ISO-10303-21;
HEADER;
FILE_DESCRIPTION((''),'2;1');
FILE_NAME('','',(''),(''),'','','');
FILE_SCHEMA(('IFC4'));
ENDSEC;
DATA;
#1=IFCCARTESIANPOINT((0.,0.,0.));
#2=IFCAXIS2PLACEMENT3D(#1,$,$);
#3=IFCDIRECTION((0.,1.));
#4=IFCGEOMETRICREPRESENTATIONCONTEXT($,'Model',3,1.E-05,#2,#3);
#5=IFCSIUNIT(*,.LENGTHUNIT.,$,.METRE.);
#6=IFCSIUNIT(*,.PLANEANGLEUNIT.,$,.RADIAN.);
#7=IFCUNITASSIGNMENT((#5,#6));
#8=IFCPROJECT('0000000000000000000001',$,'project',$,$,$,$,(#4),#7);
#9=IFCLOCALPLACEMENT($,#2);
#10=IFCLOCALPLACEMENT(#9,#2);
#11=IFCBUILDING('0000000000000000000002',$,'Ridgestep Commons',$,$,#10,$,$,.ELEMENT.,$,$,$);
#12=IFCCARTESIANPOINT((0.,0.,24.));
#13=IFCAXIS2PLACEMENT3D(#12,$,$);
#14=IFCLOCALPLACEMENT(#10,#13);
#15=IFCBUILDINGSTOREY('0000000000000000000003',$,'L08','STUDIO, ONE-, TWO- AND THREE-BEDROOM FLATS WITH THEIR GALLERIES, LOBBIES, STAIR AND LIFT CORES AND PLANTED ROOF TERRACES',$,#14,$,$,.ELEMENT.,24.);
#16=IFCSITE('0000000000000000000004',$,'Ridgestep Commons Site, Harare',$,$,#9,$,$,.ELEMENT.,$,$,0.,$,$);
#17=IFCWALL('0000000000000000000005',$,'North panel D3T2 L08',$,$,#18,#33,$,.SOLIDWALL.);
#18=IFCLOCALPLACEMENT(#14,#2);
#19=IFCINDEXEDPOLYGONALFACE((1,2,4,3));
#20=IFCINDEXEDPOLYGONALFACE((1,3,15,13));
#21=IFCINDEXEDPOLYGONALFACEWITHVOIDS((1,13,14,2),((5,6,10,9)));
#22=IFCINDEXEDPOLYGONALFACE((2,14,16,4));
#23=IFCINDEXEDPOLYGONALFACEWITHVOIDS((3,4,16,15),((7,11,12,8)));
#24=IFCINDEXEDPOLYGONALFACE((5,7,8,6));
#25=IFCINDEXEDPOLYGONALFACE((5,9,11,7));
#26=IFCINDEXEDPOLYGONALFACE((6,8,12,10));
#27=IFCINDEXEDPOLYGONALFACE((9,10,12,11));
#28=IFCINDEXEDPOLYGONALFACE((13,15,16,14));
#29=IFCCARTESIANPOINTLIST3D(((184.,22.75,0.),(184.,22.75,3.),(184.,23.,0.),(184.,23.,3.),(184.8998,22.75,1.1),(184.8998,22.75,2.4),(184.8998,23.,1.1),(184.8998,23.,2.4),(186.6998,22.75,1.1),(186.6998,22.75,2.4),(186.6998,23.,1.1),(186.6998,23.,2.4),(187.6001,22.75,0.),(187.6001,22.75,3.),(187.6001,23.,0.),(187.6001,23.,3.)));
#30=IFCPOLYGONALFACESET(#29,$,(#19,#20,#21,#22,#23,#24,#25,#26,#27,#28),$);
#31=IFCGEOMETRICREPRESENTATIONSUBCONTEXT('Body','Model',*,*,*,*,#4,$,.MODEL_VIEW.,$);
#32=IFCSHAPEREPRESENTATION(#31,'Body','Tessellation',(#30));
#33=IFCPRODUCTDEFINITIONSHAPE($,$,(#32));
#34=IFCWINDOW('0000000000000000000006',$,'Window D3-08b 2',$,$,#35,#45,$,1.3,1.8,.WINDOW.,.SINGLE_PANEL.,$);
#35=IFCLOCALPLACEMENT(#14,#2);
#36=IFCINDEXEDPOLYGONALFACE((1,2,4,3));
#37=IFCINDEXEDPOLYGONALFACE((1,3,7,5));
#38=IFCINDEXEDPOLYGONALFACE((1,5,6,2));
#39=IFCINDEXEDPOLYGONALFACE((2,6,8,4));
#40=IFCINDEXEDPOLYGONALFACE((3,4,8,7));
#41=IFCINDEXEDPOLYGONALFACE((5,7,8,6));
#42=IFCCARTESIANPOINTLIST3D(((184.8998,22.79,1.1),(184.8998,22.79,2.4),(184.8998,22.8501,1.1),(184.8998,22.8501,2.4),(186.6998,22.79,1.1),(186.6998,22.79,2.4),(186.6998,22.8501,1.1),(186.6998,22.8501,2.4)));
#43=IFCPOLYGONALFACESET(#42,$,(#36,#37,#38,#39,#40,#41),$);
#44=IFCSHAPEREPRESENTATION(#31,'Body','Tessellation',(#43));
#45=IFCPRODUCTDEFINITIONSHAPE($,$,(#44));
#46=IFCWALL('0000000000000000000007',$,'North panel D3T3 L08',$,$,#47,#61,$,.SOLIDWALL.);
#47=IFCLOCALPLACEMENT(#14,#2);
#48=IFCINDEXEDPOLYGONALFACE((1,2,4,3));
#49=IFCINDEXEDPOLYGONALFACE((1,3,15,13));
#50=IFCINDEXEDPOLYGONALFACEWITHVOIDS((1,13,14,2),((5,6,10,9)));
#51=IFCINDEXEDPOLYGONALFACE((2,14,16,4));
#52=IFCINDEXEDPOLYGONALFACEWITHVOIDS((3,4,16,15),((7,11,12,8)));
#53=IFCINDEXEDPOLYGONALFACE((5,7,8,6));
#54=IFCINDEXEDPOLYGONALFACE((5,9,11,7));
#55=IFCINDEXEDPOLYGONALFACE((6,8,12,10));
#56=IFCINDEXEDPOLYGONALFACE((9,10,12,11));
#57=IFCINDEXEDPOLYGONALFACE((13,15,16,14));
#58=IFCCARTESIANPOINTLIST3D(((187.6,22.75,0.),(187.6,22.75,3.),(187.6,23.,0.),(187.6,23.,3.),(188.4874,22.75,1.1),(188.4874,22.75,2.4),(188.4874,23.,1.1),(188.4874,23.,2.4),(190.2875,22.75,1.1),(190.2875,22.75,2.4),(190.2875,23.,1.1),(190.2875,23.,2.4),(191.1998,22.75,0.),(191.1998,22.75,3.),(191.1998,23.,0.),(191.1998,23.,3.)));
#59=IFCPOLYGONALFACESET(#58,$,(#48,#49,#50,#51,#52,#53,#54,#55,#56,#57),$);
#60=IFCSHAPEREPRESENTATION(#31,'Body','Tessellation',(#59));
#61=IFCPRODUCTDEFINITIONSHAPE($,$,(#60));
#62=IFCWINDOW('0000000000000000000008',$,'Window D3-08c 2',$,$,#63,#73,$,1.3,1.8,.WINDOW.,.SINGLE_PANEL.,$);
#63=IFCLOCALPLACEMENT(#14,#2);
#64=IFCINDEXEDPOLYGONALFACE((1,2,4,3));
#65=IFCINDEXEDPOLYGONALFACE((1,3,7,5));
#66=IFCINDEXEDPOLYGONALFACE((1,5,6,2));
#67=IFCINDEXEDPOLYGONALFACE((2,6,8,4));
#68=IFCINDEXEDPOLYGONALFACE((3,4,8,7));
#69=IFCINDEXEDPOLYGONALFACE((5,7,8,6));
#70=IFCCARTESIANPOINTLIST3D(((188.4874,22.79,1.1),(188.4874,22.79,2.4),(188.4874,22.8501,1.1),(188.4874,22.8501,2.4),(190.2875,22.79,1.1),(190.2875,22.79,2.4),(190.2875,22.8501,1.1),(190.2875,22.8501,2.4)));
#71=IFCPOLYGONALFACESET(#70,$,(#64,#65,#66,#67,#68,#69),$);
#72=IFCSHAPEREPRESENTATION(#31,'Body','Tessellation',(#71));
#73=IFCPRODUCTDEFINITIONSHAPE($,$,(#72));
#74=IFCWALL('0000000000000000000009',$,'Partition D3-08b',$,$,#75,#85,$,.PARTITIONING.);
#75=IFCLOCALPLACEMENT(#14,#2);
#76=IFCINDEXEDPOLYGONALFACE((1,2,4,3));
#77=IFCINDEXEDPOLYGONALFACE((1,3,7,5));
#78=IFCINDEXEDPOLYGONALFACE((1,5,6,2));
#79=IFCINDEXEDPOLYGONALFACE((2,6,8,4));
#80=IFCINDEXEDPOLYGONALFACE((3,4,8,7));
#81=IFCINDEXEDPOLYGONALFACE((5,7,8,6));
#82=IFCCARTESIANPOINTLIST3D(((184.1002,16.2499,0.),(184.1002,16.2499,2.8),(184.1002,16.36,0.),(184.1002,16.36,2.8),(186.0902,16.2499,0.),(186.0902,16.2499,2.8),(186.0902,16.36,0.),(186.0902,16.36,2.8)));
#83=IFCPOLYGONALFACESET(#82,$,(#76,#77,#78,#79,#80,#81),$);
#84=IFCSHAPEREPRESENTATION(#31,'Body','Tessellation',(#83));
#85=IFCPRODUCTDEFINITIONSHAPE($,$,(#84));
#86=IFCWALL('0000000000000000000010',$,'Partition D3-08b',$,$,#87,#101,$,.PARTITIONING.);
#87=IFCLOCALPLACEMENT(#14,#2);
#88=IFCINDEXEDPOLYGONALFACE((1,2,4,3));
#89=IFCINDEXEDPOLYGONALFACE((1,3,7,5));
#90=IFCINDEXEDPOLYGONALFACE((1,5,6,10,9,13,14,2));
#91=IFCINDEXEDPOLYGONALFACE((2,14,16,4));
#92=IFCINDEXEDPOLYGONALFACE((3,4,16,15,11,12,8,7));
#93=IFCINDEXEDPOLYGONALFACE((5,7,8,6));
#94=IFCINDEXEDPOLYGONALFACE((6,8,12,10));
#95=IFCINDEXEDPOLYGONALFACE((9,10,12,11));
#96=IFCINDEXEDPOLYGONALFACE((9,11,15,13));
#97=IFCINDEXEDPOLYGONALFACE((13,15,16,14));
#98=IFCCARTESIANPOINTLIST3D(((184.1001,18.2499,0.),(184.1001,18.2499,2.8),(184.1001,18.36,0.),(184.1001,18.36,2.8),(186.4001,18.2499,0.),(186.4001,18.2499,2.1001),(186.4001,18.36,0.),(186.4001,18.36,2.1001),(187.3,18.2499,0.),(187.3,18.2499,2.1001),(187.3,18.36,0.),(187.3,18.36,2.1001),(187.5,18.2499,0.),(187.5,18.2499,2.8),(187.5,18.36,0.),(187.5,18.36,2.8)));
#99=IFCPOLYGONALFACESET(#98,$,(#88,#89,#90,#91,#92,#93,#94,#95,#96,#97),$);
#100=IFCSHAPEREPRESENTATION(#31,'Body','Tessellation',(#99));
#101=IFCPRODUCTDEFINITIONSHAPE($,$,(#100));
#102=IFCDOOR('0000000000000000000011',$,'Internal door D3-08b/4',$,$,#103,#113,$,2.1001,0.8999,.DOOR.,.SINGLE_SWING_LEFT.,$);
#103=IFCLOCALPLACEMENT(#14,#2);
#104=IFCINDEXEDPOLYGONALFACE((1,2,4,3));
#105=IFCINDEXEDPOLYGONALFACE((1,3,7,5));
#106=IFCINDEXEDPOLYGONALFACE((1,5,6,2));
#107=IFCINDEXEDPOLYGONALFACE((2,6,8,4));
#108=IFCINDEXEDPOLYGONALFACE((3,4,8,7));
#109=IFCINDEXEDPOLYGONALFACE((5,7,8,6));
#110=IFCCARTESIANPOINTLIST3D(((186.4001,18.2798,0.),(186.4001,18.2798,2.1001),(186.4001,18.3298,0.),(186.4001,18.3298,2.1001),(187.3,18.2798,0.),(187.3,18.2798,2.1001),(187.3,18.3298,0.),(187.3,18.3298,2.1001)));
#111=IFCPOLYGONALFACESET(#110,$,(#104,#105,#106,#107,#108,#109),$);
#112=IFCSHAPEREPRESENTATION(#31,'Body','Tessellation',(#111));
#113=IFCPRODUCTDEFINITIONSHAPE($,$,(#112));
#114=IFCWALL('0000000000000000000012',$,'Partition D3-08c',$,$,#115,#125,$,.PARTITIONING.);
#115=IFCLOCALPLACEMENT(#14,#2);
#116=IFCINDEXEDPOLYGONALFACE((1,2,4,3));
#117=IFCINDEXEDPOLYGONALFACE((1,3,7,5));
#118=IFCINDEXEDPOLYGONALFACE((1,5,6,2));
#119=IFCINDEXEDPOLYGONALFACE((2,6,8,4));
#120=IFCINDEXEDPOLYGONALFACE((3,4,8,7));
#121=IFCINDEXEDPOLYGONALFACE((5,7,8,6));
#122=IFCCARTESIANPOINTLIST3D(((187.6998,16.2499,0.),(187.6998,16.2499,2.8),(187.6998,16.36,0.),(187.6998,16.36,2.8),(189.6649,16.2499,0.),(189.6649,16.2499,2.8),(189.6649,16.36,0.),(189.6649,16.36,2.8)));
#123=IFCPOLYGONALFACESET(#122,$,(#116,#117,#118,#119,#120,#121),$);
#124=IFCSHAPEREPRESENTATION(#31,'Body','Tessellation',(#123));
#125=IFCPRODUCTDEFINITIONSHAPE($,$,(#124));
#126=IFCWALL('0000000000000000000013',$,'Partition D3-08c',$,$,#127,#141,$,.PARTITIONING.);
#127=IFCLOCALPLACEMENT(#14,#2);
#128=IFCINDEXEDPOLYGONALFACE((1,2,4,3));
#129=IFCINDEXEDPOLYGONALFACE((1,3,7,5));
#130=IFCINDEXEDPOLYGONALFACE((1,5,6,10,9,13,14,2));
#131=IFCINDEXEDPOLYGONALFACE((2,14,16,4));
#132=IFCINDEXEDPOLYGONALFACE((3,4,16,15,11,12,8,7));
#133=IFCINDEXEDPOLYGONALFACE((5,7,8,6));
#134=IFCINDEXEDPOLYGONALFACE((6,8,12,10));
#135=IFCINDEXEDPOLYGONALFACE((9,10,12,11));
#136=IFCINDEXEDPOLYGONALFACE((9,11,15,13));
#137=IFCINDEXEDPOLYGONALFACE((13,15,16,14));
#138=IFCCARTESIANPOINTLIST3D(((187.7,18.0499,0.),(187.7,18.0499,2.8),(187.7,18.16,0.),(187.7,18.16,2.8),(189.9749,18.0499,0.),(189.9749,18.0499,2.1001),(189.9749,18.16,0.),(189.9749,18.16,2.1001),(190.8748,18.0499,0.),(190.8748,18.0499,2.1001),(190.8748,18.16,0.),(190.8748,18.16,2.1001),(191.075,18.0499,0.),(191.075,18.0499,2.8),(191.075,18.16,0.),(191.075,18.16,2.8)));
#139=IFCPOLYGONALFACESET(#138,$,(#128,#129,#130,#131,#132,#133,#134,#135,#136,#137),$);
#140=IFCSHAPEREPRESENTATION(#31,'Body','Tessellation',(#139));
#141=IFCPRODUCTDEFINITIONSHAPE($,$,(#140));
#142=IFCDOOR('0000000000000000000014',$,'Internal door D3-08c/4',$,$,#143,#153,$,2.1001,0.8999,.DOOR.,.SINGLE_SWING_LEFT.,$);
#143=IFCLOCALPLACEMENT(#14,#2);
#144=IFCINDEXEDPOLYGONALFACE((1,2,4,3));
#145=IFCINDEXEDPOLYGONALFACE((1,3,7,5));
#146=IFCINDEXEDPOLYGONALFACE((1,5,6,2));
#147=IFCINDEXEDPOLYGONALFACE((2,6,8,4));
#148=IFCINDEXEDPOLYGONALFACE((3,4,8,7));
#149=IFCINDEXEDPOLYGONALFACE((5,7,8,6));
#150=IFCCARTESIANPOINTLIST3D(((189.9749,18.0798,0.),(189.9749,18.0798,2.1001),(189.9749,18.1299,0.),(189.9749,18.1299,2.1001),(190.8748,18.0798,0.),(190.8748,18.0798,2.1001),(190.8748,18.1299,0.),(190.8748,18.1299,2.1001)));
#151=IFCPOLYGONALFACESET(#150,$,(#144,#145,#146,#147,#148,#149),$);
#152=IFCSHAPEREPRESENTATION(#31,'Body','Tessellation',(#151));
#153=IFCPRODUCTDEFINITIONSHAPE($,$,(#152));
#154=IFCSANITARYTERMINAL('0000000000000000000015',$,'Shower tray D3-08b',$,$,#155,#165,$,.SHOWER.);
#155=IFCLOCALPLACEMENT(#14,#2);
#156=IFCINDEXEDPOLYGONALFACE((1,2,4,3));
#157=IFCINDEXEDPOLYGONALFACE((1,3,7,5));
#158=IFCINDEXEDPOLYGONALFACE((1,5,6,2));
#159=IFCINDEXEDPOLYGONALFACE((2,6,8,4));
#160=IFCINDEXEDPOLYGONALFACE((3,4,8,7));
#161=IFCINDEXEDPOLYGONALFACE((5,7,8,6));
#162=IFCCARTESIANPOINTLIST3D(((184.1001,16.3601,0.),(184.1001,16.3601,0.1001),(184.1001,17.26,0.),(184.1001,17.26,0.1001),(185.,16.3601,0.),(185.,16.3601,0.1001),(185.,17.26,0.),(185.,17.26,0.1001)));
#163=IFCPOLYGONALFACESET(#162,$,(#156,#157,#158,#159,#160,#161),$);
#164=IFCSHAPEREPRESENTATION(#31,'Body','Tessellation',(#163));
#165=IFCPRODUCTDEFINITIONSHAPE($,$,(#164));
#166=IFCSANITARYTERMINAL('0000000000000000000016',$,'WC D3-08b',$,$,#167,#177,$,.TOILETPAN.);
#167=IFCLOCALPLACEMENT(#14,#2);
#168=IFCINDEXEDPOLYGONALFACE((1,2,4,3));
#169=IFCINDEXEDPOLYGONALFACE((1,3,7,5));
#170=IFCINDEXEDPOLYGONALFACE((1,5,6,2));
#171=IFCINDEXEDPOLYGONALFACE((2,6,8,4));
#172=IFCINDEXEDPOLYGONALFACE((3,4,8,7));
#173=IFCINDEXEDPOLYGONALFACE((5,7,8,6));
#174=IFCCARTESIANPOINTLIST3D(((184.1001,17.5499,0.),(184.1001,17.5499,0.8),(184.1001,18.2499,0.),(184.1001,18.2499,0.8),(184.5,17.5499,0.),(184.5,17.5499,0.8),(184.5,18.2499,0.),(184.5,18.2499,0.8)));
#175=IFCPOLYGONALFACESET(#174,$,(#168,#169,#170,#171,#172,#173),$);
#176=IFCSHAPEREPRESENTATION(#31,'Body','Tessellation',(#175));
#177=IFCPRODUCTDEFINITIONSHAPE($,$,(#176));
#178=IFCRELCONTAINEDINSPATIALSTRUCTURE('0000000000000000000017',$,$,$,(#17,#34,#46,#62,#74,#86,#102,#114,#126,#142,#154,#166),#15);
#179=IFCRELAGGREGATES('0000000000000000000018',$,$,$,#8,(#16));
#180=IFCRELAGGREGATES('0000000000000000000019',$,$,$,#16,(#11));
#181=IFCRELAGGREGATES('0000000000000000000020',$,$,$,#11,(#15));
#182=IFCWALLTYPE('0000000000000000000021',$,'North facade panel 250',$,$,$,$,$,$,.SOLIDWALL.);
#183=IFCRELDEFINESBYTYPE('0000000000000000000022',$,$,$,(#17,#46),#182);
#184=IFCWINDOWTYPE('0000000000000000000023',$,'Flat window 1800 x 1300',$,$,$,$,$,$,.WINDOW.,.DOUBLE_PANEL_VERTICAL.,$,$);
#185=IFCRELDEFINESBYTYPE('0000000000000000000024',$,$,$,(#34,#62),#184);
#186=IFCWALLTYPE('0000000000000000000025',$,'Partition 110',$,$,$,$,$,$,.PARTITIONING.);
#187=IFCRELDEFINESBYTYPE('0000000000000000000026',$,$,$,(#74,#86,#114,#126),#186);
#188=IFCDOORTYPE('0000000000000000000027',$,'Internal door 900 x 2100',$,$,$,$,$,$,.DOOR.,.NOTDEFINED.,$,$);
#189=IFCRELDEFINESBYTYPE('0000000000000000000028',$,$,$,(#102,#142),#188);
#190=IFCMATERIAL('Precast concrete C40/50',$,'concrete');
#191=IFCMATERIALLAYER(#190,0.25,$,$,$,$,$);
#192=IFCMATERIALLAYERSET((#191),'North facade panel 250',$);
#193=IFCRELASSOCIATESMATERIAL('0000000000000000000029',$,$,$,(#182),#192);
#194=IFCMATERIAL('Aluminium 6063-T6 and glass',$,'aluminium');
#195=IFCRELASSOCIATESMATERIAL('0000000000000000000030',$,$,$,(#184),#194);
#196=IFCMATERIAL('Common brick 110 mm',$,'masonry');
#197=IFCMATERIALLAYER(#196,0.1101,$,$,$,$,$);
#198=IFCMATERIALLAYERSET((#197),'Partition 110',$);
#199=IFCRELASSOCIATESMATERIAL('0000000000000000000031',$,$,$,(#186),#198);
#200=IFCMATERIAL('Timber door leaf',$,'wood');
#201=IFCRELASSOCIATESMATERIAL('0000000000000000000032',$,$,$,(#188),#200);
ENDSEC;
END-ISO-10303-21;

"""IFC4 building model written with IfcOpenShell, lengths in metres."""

from ifc_helpers import new_model, si_unit, direction, frame, frame_2d, origin, origin_2d, place, context, subcontext, project, spatial, rectangle, extrude, material, layer, layer_set, type_object, element, fill, save


model = new_model("IFC4")

# Units and contexts
model_context = context("Model", 3, precision=1e-05, world=origin(), true_north=direction((0.0, 1.0)))
body_context = subcontext(model_context, "Body", "Model", "MODEL_VIEW")
ifc_project = project(units=[si_unit("LENGTHUNIT", "METRE"), si_unit("PLANEANGLEUNIT", "RADIAN")], contexts=[model_context])

# Site, building, storey
site_placement = place(None, origin())
site = spatial("IfcSite", under=ifc_project, at=site_placement, Name="Ridgestep Commons Site, Harare", CompositionType="ELEMENT", RefElevation=0.0)
building_placement = place(site_placement, origin())
building = spatial("IfcBuilding", under=site, at=building_placement, Name="Ridgestep Commons", CompositionType="ELEMENT")
storey_placement = place(building_placement, frame((0.0, 0.0, 24.0)))
storey = spatial("IfcBuildingStorey", under=building, at=storey_placement, Name="L08", Description="STUDIO, ONE-, TWO- AND THREE-BEDROOM FLATS WITH THEIR GALLERIES, LOBBIES, STAIR AND LIFT CORES AND PLANTED ROOF TERRACES", CompositionType="ELEMENT", Elevation=24.0)

# Walls, openings, windows
ifc_material_1 = material(Name="Precast concrete C40/50", Category="concrete")
ifc_layer_1 = layer(ifc_material_1, 0.25)
ifc_layer_set_1 = layer_set([ifc_layer_1], Name="North facade panel 250")
wall_type_1 = type_object("IfcWallType", Name="North facade panel 250", PredefinedType="SOLIDWALL", material=ifc_layer_set_1)
wall_1_placement = place(storey_placement, frame((184.0, 22.875, 0.0), z_axis=(0.0, 0.0, 1.0), x_axis=(1.0, 0.0, 0.0)))
wall_1 = element("IfcWall", 1, at=wall_1_placement, inside=storey, type_object=wall_type_1, Name="North panel D3T2 L08", PredefinedType="SOLIDWALL", context=body_context, shape_type="SweptSolid", body=[
    extrude(rectangle(XDim=3.6001, YDim=0.25, at=frame_2d((1.8, 0.0))), origin(), (0.0, 0.0, 1.0), 3.0),
])
opening_1_placement = place(wall_1_placement, frame((0.8999, 0.0, 1.1001)))
opening_1 = element("IfcOpeningElement", 2, at=opening_1_placement, cuts=wall_1, PredefinedType="OPENING", context=body_context, shape_type="SweptSolid", body=[
    extrude(rectangle(XDim=1.8, YDim=1.3, at=frame_2d((0.8999, 0.6499))), frame((0.0, 0.135, 0.0), z_axis=(0.0, -1.0, 0.0), x_axis=(1.0, 0.0, 0.0)), (0.0, 0.0, 1.0), 0.27),
])
ifc_material_2 = material(Name="Aluminium 6063-T6 and glass", Category="aluminium")
window_type = type_object("IfcWindowType", Name="Flat window 1800 x 1300", PartitioningType="DOUBLE_PANEL_VERTICAL", PredefinedType="WINDOW", material=ifc_material_2)
window_1_placement = place(opening_1_placement, origin())
window_1 = element("IfcWindow", 3, at=window_1_placement, inside=storey, type_object=window_type, Name="Window D3-08b 2", OverallHeight=1.3, OverallWidth=1.8, PartitioningType="SINGLE_PANEL", PredefinedType="WINDOW", context=body_context, shape_type="SweptSolid", body=[
    extrude(rectangle(XDim=1.8, YDim=1.3, at=frame_2d((0.8999, 0.6499))), frame((0.0, -0.0249, 0.0), z_axis=(0.0, -1.0, 0.0), x_axis=(1.0, 0.0, 0.0)), (0.0, 0.0, 1.0), 0.0601),
])
fill(opening_1, window_1)
wall_2_placement = place(storey_placement, frame((187.6001, 22.875, 0.0), z_axis=(0.0, 0.0, 1.0), x_axis=(1.0, 0.0, 0.0)))
wall_2 = element("IfcWall", 4, at=wall_2_placement, inside=storey, type_object=wall_type_1, Name="North panel D3T3 L08", PredefinedType="SOLIDWALL", context=body_context, shape_type="SweptSolid", body=[
    extrude(rectangle(XDim=3.5999, YDim=0.25, at=frame_2d((1.7998, 0.0))), origin(), (0.0, 0.0, 1.0), 3.0),
])
opening_2_placement = place(wall_2_placement, frame((0.8875, 0.0, 1.1001)))
opening_2 = element("IfcOpeningElement", 5, at=opening_2_placement, cuts=wall_2, PredefinedType="OPENING", context=body_context, shape_type="SweptSolid", body=[
    extrude(rectangle(XDim=1.8, YDim=1.3, at=frame_2d((0.8999, 0.6499))), frame((0.0, 0.135, 0.0), z_axis=(0.0, -1.0, 0.0), x_axis=(1.0, 0.0, 0.0)), (0.0, 0.0, 1.0), 0.27),
])
window_2_placement = place(opening_2_placement, origin())
window_2 = element("IfcWindow", 6, at=window_2_placement, inside=storey, type_object=window_type, Name="Window D3-08c 2", OverallHeight=1.3, OverallWidth=1.8, PartitioningType="SINGLE_PANEL", PredefinedType="WINDOW", context=body_context, shape_type="SweptSolid", body=[
    extrude(rectangle(XDim=1.8, YDim=1.3, at=frame_2d((0.8999, 0.6499))), frame((0.0, -0.0249, 0.0), z_axis=(0.0, -1.0, 0.0), x_axis=(1.0, 0.0, 0.0)), (0.0, 0.0, 1.0), 0.0601),
])
fill(opening_2, window_2)

# Wall
ifc_material_3 = material(Name="Common brick 110 mm", Category="masonry")
ifc_layer_2 = layer(ifc_material_3, 0.1101)
ifc_layer_set_2 = layer_set([ifc_layer_2], Name="Partition 110")
wall_type_2 = type_object("IfcWallType", Name="Partition 110", PredefinedType="PARTITIONING", material=ifc_layer_set_2)
wall_3_placement = place(storey_placement, frame((184.1001, 16.3049, 0.0), z_axis=(0.0, 0.0, 1.0), x_axis=(1.0, 0.0, 0.0)))
element("IfcWall", 7, at=wall_3_placement, inside=storey, type_object=wall_type_2, Name="Partition D3-08b", PredefinedType="PARTITIONING", context=body_context, shape_type="SweptSolid", body=[
    extrude(rectangle(XDim=1.99, YDim=0.1101, at=frame_2d((0.9951, 0.0))), origin(), (0.0, 0.0, 1.0), 2.8),
])

# Wall, opening, door
wall_4_placement = place(storey_placement, frame((184.1001, 18.3049, 0.0), z_axis=(0.0, 0.0, 1.0), x_axis=(1.0, 0.0, 0.0)))
wall_4 = element("IfcWall", 8, at=wall_4_placement, inside=storey, type_object=wall_type_2, Name="Partition D3-08b", PredefinedType="PARTITIONING", context=body_context, shape_type="SweptSolid", body=[
    extrude(rectangle(XDim=3.3999, YDim=0.1101, at=frame_2d((1.7, 0.0))), origin(), (0.0, 0.0, 1.0), 2.8),
])
opening_3_placement = place(wall_4_placement, frame((2.3, 0.0, 0.0)))
opening_3 = element("IfcOpeningElement", 9, at=opening_3_placement, cuts=wall_4, PredefinedType="OPENING", context=body_context, shape_type="SweptSolid", body=[
    extrude(rectangle(XDim=0.8999, YDim=2.1001, at=frame_2d((0.45, 1.05))), frame((0.0, 0.0649, 0.0), z_axis=(0.0, -1.0, 0.0), x_axis=(1.0, 0.0, 0.0)), (0.0, 0.0, 1.0), 0.1301),
])
ifc_material_4 = material(Name="Timber door leaf", Category="wood")
door_type = type_object("IfcDoorType", Name="Internal door 900 x 2100", OperationType="NOTDEFINED", PredefinedType="DOOR", material=ifc_material_4)
door_1_placement = place(opening_3_placement, origin())
door_1 = element("IfcDoor", 10, at=door_1_placement, inside=storey, type_object=door_type, Name="Internal door D3-08b/4", OperationType="SINGLE_SWING_LEFT", OverallHeight=2.1001, OverallWidth=0.8999, PredefinedType="DOOR", context=body_context, shape_type="SweptSolid", body=[
    extrude(rectangle(XDim=0.8999, YDim=2.1001, at=frame_2d((0.45, 1.05))), frame((0.0, 0.0249, 0.0), z_axis=(0.0, -1.0, 0.0), x_axis=(1.0, 0.0, 0.0)), (0.0, 0.0, 1.0), 0.05),
])
fill(opening_3, door_1)

# Wall
wall_5_placement = place(storey_placement, frame((187.7, 16.3049, 0.0), z_axis=(0.0, 0.0, 1.0), x_axis=(1.0, 0.0, 0.0)))
element("IfcWall", 11, at=wall_5_placement, inside=storey, type_object=wall_type_2, Name="Partition D3-08c", PredefinedType="PARTITIONING", context=body_context, shape_type="SweptSolid", body=[
    extrude(rectangle(XDim=1.9651, YDim=0.1101, at=frame_2d((0.9824, 0.0))), origin(), (0.0, 0.0, 1.0), 2.8),
])

# Wall, opening, door
wall_6_placement = place(storey_placement, frame((187.7, 18.105, 0.0), z_axis=(0.0, 0.0, 1.0), x_axis=(1.0, 0.0, 0.0)))
wall_6 = element("IfcWall", 12, at=wall_6_placement, inside=storey, type_object=wall_type_2, Name="Partition D3-08c", PredefinedType="PARTITIONING", context=body_context, shape_type="SweptSolid", body=[
    extrude(rectangle(XDim=3.375, YDim=0.1101, at=frame_2d((1.6875, 0.0))), origin(), (0.0, 0.0, 1.0), 2.8),
])
opening_4_placement = place(wall_6_placement, frame((2.2749, 0.0, 0.0)))
opening_4 = element("IfcOpeningElement", 13, at=opening_4_placement, cuts=wall_6, PredefinedType="OPENING", context=body_context, shape_type="SweptSolid", body=[
    extrude(rectangle(XDim=0.8999, YDim=2.1001, at=frame_2d((0.45, 1.05))), frame((0.0, 0.0649, 0.0), z_axis=(0.0, -1.0, 0.0), x_axis=(1.0, 0.0, 0.0)), (0.0, 0.0, 1.0), 0.1301),
])
door_2_placement = place(opening_4_placement, origin())
door_2 = element("IfcDoor", 14, at=door_2_placement, inside=storey, type_object=door_type, Name="Internal door D3-08c/4", OperationType="SINGLE_SWING_LEFT", OverallHeight=2.1001, OverallWidth=0.8999, PredefinedType="DOOR", context=body_context, shape_type="SweptSolid", body=[
    extrude(rectangle(XDim=0.8999, YDim=2.1001, at=frame_2d((0.45, 1.05))), frame((0.0, 0.0249, 0.0), z_axis=(0.0, -1.0, 0.0), x_axis=(1.0, 0.0, 0.0)), (0.0, 0.0, 1.0), 0.05),
])
fill(opening_4, door_2)

# Sanitary terminals
sanitary_terminal_1_placement = place(storey_placement, frame((184.55, 16.8101, 0.0), z_axis=(0.0, 0.0, 1.0), x_axis=(1.0, 0.0, 0.0)))
element("IfcSanitaryTerminal", 15, at=sanitary_terminal_1_placement, inside=storey, Name="Shower tray D3-08b", PredefinedType="SHOWER", context=body_context, shape_type="SweptSolid", body=[
    extrude(rectangle(XDim=0.8999, YDim=0.8999, at=origin_2d()), origin(), (0.0, 0.0, 1.0), 0.1001),
])
sanitary_terminal_2_placement = place(storey_placement, frame((184.3, 17.8999, 0.0), z_axis=(0.0, 0.0, 1.0), x_axis=(1.0, 0.0, 0.0)))
element("IfcSanitaryTerminal", 16, at=sanitary_terminal_2_placement, inside=storey, Name="WC D3-08b", PredefinedType="TOILETPAN", context=body_context, shape_type="SweptSolid", body=[
    extrude(rectangle(XDim=0.3999, YDim=0.7, at=origin_2d()), origin(), (0.0, 0.0, 1.0), 0.8),
])

save(model, "model.ifc")
